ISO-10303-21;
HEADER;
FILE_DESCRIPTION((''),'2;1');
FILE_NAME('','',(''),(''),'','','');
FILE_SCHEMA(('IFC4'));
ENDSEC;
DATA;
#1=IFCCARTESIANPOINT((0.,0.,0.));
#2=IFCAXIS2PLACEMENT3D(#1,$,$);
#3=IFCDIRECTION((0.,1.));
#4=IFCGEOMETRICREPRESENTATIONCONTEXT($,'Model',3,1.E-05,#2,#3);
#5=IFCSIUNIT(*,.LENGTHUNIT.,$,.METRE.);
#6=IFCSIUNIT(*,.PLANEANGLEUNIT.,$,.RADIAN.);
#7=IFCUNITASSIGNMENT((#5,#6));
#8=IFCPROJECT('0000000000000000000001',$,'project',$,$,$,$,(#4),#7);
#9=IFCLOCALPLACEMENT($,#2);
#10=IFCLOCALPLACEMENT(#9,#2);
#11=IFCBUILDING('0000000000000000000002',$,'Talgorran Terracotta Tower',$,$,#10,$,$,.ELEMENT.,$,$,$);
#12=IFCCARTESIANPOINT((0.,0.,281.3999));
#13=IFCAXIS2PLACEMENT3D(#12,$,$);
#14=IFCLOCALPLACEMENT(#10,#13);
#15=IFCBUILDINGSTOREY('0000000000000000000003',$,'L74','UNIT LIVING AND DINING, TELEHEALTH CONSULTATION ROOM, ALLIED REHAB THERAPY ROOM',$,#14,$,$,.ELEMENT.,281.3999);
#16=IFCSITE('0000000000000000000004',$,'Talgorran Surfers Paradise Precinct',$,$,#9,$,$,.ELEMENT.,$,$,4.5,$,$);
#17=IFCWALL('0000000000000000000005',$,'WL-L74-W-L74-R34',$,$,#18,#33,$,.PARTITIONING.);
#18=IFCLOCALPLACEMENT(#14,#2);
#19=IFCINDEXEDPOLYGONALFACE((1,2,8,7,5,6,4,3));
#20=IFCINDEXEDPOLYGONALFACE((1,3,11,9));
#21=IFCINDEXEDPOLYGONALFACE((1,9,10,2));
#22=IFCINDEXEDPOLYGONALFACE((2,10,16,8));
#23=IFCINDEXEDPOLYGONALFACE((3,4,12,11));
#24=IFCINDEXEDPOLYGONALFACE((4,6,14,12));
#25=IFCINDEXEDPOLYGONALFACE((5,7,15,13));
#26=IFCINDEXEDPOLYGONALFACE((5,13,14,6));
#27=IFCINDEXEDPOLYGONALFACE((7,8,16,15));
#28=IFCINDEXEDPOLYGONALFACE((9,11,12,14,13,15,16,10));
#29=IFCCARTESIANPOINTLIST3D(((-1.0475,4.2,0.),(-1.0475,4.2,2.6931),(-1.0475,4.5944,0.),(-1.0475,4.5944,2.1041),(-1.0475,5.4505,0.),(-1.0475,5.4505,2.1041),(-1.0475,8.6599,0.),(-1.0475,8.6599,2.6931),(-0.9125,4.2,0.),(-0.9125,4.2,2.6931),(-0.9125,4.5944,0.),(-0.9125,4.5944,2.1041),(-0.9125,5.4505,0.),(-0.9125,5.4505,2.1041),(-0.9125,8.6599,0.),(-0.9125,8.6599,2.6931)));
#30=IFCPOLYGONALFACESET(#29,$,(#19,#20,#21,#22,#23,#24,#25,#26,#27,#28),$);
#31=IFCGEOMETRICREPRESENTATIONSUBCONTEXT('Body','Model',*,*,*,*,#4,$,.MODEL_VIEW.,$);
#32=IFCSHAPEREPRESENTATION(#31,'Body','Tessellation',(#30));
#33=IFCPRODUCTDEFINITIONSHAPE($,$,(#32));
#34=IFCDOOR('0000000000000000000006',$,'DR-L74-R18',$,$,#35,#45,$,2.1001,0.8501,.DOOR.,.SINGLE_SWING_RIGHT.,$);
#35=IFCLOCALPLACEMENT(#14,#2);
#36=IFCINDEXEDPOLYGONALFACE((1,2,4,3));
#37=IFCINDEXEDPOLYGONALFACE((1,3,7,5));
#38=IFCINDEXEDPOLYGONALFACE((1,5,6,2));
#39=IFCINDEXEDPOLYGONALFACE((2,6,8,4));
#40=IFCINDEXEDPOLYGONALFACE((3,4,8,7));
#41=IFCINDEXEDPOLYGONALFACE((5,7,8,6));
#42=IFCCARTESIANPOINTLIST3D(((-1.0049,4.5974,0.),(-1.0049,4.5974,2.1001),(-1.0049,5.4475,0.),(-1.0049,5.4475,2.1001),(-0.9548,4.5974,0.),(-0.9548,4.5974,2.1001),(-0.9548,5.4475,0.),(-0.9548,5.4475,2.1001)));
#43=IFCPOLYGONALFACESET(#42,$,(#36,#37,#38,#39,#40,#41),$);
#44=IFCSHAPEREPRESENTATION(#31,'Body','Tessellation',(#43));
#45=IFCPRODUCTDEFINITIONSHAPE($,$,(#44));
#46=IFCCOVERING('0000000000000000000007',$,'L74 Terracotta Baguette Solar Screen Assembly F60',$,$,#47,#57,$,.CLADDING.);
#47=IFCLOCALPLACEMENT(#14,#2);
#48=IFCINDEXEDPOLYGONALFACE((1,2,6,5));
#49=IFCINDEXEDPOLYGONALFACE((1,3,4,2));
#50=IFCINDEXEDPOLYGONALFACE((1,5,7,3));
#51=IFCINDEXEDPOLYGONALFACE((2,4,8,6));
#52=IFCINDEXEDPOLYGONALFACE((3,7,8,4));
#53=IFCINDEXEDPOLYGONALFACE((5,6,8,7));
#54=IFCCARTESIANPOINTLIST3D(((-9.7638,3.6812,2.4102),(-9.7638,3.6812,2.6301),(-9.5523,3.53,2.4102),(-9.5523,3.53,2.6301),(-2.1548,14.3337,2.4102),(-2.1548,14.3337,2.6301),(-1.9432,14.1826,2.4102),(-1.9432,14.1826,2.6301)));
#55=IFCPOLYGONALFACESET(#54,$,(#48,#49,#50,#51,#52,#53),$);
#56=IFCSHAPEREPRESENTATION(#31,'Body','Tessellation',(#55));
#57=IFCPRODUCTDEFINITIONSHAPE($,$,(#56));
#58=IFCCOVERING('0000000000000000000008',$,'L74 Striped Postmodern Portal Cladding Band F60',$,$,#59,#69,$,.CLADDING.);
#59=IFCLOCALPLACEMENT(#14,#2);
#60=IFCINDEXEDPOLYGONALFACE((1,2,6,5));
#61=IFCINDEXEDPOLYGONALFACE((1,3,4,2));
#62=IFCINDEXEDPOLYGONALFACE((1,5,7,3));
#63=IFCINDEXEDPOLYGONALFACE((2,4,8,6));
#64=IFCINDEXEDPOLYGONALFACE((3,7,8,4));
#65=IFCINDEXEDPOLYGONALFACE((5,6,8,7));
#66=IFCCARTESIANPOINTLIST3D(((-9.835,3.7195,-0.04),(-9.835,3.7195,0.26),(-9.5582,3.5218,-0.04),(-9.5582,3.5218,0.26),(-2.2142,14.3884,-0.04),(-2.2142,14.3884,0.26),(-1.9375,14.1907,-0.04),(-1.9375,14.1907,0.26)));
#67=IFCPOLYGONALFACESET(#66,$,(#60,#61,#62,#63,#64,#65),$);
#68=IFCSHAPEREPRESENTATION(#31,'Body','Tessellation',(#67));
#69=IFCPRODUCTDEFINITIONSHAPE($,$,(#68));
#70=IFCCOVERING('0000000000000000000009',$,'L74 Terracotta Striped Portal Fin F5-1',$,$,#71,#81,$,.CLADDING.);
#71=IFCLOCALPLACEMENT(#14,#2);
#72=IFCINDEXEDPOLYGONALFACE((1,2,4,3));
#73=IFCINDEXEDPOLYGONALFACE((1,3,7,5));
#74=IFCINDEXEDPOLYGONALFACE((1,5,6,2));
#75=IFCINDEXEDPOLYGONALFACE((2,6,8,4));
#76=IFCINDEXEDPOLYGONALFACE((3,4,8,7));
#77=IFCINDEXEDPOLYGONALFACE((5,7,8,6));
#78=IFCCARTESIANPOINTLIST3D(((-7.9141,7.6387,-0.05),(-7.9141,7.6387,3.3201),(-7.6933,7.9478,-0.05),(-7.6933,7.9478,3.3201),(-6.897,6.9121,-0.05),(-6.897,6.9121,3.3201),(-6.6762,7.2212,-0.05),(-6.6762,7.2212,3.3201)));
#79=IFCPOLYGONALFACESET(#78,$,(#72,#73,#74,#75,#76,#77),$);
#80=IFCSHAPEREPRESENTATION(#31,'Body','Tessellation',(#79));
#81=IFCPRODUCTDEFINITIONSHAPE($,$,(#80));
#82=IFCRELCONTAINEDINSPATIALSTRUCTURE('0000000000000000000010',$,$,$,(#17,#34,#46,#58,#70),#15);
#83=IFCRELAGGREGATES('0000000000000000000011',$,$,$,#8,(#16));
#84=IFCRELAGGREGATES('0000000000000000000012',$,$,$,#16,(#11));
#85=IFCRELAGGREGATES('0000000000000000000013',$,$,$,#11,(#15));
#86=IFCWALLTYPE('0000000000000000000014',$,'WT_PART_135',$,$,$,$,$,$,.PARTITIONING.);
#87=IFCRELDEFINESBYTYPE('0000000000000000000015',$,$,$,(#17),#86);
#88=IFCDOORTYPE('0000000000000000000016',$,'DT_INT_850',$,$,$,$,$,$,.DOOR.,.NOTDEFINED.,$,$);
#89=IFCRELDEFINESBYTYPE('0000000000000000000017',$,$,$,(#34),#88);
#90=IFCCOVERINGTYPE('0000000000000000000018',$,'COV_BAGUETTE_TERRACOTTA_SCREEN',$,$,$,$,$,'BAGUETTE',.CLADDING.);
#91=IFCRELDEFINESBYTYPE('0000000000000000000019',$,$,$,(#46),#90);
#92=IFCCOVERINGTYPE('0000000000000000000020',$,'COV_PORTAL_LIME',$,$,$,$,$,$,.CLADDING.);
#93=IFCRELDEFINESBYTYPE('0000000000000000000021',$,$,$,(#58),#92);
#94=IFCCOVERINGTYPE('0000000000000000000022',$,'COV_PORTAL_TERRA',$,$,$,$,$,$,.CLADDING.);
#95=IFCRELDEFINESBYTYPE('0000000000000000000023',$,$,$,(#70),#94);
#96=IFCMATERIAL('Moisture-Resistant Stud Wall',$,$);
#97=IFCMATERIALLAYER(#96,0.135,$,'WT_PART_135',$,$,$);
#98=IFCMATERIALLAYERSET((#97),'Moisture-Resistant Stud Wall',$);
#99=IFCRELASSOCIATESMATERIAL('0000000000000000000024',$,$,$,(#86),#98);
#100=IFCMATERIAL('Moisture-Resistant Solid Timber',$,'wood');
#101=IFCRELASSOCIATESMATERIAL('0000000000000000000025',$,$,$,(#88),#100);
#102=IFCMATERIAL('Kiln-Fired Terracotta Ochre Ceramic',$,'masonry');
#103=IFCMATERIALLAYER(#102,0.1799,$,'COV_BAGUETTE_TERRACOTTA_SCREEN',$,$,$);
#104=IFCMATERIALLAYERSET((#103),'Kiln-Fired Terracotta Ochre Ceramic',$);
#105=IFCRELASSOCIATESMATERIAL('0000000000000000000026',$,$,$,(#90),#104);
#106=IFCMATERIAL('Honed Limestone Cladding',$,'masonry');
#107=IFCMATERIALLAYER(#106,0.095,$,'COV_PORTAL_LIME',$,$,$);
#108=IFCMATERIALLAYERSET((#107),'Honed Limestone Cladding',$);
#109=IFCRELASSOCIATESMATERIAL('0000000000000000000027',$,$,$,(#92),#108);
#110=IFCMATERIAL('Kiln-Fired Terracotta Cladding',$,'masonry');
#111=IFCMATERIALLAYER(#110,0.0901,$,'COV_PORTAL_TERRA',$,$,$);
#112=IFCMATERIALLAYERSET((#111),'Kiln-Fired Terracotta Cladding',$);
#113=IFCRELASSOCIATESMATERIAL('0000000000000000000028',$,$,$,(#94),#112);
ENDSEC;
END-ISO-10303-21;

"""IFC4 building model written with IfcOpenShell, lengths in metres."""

from ifc_helpers import new_model, si_unit, direction, frame, frame_2d, origin, origin_2d, place, context, subcontext, project, spatial, rectangle, extrude, material, layer, layer_set, type_object, element, fill, save


model = new_model("IFC4")

# Units and contexts
model_context = context("Model", 3, precision=1e-05, world=origin(), true_north=direction((0.0, 1.0)))
body_context = subcontext(model_context, "Body", "Model", "MODEL_VIEW")
ifc_project = project(units=[si_unit("LENGTHUNIT", "METRE"), si_unit("PLANEANGLEUNIT", "RADIAN")], contexts=[model_context])

# Site, building, storey
site_placement = place(None, origin())
site = spatial("IfcSite", under=ifc_project, at=site_placement, Name="Talgorran Surfers Paradise Precinct", CompositionType="ELEMENT", RefElevation=4.5)
building_placement = place(site_placement, origin())
building = spatial("IfcBuilding", under=site, at=building_placement, Name="Talgorran Terracotta Tower", CompositionType="ELEMENT")
storey_placement = place(building_placement, frame((0.0, 0.0, 281.3999)))
storey = spatial("IfcBuildingStorey", under=building, at=storey_placement, Name="L74", Description="UNIT LIVING AND DINING, TELEHEALTH CONSULTATION ROOM, ALLIED REHAB THERAPY ROOM", CompositionType="ELEMENT", Elevation=281.3999)

# Shared definitions
ifc_material_1 = material(Name="Moisture-Resistant Stud Wall")
ifc_layer_1 = layer(ifc_material_1, 0.135, Name="WT_PART_135")
ifc_layer_set_1 = layer_set([ifc_layer_1], Name="Moisture-Resistant Stud Wall")
wall_type_1 = type_object("IfcWallType", Name="WT_PART_135", PredefinedType="PARTITIONING", material=ifc_layer_set_1)

# Wall, opening, door
wall_1_placement = place(storey_placement, frame((-0.98, 4.2, 0.0), z_axis=(0.0, 0.0, 1.0), x_axis=(0.0, 1.0, 0.0)))
wall_1 = element("IfcWall", 1, at=wall_1_placement, inside=storey, type_object=wall_type_1, Name="WL-L74-W-L74-R34", PredefinedType="PARTITIONING", context=body_context, shape_type="SweptSolid", body=[
    extrude(rectangle(XDim=4.46, YDim=0.135, at=frame_2d((2.23, 0.0))), origin(), (0.0, 0.0, 1.0), 2.6931),
])
opening_1_placement = place(wall_1_placement, frame((0.3975, 0.0, 0.0)))
opening_1 = element("IfcOpeningElement", 2, at=opening_1_placement, cuts=wall_1, PredefinedType="OPENING", context=body_context, shape_type="SweptSolid", body=[
    extrude(rectangle(XDim=0.8561, YDim=2.1041, at=frame_2d((0.425, 1.052))), frame((0.0, 0.0776, 0.0), z_axis=(0.0, -1.0, 0.0), x_axis=(1.0, 0.0, 0.0)), (0.0, 0.0, 1.0), 0.155),
])
ifc_material_2 = material(Name="Moisture-Resistant Solid Timber", Category="wood")
door_type_1 = type_object("IfcDoorType", Name="DT_INT_850", OperationType="NOTDEFINED", PredefinedType="DOOR", material=ifc_material_2)
door_1_placement = place(opening_1_placement, origin())
door_1 = element("IfcDoor", 3, at=door_1_placement, inside=storey, type_object=door_type_1, Name="DR-L74-R18", OperationType="SINGLE_SWING_RIGHT", OverallHeight=2.1001, OverallWidth=0.8501, PredefinedType="DOOR", context=body_context, shape_type="SweptSolid", body=[
    extrude(rectangle(XDim=0.8501, YDim=2.1001, at=frame_2d((0.425, 1.05))), frame((0.0, 0.0249, 0.0), z_axis=(0.0, -1.0, 0.0), x_axis=(1.0, 0.0, 0.0)), (0.0, 0.0, 1.0), 0.05),
])
fill(opening_1, door_1)

# Coverings
ifc_material_3 = material(Name="Kiln-Fired Terracotta Ochre Ceramic", Category="masonry")
ifc_layer_2 = layer(ifc_material_3, 0.1799, Name="COV_BAGUETTE_TERRACOTTA_SCREEN")
ifc_layer_set_2 = layer_set([ifc_layer_2], Name="Kiln-Fired Terracotta Ochre Ceramic")
covering_type_1 = type_object("IfcCoveringType", Name="COV_BAGUETTE_TERRACOTTA_SCREEN", ElementType="BAGUETTE", PredefinedType="CLADDING", material=ifc_layer_set_2)
covering_1_placement = place(storey_placement, frame((-5.8535, 8.9319, 2.4102), z_axis=(0.0, 0.0, 1.0), x_axis=(-0.581243, -0.81373, 0.0)))
element("IfcCovering", 4, at=covering_1_placement, inside=storey, type_object=covering_type_1, Name="L74 Terracotta Baguette Solar Screen Assembly F60", PredefinedType="CLADDING", context=body_context, shape_type="SweptSolid", body=[
    extrude(rectangle(XDim=13.0911, YDim=0.26, at=origin_2d()), origin(), (0.0, 0.0, 1.0), 0.22),
])
ifc_material_4 = material(Name="Honed Limestone Cladding", Category="masonry")
ifc_layer_3 = layer(ifc_material_4, 0.095, Name="COV_PORTAL_LIME")
ifc_layer_set_3 = layer_set([ifc_layer_3], Name="Honed Limestone Cladding")
covering_type_2 = type_object("IfcCoveringType", Name="COV_PORTAL_LIME", PredefinedType="CLADDING", material=ifc_layer_set_3)
covering_2_placement = place(storey_placement, frame((-5.8862, 8.9551, -0.04), z_axis=(0.0, 0.0, 1.0), x_axis=(-0.581243, -0.81373, 0.0)))
element("IfcCovering", 5, at=covering_2_placement, inside=storey, type_object=covering_type_2, Name="L74 Striped Postmodern Portal Cladding Band F60", PredefinedType="CLADDING", context=body_context, shape_type="SweptSolid", body=[
    extrude(rectangle(XDim=13.1111, YDim=0.3401, at=origin_2d()), origin(), (0.0, 0.0, 1.0), 0.3),
])
ifc_material_5 = material(Name="Kiln-Fired Terracotta Cladding", Category="masonry")
ifc_layer_4 = layer(ifc_material_5, 0.0901, Name="COV_PORTAL_TERRA")
ifc_layer_set_4 = layer_set([ifc_layer_4], Name="Kiln-Fired Terracotta Cladding")
covering_type_3 = type_object("IfcCoveringType", Name="COV_PORTAL_TERRA", PredefinedType="CLADDING", material=ifc_layer_set_4)
covering_3_placement = place(storey_placement, frame((-7.2952, 7.4299, -0.05), z_axis=(0.0, 0.0, 1.0), x_axis=(-0.581257, -0.81372, 0.0)))
element("IfcCovering", 6, at=covering_3_placement, inside=storey, type_object=covering_type_3, Name="L74 Terracotta Striped Portal Fin F5-1", PredefinedType="CLADDING", context=body_context, shape_type="SweptSolid", body=[
    extrude(rectangle(XDim=0.3799, YDim=1.25, at=origin_2d()), origin(), (0.0, 0.0, 1.0), 3.3701),
])

save(model, "model.ifc")
